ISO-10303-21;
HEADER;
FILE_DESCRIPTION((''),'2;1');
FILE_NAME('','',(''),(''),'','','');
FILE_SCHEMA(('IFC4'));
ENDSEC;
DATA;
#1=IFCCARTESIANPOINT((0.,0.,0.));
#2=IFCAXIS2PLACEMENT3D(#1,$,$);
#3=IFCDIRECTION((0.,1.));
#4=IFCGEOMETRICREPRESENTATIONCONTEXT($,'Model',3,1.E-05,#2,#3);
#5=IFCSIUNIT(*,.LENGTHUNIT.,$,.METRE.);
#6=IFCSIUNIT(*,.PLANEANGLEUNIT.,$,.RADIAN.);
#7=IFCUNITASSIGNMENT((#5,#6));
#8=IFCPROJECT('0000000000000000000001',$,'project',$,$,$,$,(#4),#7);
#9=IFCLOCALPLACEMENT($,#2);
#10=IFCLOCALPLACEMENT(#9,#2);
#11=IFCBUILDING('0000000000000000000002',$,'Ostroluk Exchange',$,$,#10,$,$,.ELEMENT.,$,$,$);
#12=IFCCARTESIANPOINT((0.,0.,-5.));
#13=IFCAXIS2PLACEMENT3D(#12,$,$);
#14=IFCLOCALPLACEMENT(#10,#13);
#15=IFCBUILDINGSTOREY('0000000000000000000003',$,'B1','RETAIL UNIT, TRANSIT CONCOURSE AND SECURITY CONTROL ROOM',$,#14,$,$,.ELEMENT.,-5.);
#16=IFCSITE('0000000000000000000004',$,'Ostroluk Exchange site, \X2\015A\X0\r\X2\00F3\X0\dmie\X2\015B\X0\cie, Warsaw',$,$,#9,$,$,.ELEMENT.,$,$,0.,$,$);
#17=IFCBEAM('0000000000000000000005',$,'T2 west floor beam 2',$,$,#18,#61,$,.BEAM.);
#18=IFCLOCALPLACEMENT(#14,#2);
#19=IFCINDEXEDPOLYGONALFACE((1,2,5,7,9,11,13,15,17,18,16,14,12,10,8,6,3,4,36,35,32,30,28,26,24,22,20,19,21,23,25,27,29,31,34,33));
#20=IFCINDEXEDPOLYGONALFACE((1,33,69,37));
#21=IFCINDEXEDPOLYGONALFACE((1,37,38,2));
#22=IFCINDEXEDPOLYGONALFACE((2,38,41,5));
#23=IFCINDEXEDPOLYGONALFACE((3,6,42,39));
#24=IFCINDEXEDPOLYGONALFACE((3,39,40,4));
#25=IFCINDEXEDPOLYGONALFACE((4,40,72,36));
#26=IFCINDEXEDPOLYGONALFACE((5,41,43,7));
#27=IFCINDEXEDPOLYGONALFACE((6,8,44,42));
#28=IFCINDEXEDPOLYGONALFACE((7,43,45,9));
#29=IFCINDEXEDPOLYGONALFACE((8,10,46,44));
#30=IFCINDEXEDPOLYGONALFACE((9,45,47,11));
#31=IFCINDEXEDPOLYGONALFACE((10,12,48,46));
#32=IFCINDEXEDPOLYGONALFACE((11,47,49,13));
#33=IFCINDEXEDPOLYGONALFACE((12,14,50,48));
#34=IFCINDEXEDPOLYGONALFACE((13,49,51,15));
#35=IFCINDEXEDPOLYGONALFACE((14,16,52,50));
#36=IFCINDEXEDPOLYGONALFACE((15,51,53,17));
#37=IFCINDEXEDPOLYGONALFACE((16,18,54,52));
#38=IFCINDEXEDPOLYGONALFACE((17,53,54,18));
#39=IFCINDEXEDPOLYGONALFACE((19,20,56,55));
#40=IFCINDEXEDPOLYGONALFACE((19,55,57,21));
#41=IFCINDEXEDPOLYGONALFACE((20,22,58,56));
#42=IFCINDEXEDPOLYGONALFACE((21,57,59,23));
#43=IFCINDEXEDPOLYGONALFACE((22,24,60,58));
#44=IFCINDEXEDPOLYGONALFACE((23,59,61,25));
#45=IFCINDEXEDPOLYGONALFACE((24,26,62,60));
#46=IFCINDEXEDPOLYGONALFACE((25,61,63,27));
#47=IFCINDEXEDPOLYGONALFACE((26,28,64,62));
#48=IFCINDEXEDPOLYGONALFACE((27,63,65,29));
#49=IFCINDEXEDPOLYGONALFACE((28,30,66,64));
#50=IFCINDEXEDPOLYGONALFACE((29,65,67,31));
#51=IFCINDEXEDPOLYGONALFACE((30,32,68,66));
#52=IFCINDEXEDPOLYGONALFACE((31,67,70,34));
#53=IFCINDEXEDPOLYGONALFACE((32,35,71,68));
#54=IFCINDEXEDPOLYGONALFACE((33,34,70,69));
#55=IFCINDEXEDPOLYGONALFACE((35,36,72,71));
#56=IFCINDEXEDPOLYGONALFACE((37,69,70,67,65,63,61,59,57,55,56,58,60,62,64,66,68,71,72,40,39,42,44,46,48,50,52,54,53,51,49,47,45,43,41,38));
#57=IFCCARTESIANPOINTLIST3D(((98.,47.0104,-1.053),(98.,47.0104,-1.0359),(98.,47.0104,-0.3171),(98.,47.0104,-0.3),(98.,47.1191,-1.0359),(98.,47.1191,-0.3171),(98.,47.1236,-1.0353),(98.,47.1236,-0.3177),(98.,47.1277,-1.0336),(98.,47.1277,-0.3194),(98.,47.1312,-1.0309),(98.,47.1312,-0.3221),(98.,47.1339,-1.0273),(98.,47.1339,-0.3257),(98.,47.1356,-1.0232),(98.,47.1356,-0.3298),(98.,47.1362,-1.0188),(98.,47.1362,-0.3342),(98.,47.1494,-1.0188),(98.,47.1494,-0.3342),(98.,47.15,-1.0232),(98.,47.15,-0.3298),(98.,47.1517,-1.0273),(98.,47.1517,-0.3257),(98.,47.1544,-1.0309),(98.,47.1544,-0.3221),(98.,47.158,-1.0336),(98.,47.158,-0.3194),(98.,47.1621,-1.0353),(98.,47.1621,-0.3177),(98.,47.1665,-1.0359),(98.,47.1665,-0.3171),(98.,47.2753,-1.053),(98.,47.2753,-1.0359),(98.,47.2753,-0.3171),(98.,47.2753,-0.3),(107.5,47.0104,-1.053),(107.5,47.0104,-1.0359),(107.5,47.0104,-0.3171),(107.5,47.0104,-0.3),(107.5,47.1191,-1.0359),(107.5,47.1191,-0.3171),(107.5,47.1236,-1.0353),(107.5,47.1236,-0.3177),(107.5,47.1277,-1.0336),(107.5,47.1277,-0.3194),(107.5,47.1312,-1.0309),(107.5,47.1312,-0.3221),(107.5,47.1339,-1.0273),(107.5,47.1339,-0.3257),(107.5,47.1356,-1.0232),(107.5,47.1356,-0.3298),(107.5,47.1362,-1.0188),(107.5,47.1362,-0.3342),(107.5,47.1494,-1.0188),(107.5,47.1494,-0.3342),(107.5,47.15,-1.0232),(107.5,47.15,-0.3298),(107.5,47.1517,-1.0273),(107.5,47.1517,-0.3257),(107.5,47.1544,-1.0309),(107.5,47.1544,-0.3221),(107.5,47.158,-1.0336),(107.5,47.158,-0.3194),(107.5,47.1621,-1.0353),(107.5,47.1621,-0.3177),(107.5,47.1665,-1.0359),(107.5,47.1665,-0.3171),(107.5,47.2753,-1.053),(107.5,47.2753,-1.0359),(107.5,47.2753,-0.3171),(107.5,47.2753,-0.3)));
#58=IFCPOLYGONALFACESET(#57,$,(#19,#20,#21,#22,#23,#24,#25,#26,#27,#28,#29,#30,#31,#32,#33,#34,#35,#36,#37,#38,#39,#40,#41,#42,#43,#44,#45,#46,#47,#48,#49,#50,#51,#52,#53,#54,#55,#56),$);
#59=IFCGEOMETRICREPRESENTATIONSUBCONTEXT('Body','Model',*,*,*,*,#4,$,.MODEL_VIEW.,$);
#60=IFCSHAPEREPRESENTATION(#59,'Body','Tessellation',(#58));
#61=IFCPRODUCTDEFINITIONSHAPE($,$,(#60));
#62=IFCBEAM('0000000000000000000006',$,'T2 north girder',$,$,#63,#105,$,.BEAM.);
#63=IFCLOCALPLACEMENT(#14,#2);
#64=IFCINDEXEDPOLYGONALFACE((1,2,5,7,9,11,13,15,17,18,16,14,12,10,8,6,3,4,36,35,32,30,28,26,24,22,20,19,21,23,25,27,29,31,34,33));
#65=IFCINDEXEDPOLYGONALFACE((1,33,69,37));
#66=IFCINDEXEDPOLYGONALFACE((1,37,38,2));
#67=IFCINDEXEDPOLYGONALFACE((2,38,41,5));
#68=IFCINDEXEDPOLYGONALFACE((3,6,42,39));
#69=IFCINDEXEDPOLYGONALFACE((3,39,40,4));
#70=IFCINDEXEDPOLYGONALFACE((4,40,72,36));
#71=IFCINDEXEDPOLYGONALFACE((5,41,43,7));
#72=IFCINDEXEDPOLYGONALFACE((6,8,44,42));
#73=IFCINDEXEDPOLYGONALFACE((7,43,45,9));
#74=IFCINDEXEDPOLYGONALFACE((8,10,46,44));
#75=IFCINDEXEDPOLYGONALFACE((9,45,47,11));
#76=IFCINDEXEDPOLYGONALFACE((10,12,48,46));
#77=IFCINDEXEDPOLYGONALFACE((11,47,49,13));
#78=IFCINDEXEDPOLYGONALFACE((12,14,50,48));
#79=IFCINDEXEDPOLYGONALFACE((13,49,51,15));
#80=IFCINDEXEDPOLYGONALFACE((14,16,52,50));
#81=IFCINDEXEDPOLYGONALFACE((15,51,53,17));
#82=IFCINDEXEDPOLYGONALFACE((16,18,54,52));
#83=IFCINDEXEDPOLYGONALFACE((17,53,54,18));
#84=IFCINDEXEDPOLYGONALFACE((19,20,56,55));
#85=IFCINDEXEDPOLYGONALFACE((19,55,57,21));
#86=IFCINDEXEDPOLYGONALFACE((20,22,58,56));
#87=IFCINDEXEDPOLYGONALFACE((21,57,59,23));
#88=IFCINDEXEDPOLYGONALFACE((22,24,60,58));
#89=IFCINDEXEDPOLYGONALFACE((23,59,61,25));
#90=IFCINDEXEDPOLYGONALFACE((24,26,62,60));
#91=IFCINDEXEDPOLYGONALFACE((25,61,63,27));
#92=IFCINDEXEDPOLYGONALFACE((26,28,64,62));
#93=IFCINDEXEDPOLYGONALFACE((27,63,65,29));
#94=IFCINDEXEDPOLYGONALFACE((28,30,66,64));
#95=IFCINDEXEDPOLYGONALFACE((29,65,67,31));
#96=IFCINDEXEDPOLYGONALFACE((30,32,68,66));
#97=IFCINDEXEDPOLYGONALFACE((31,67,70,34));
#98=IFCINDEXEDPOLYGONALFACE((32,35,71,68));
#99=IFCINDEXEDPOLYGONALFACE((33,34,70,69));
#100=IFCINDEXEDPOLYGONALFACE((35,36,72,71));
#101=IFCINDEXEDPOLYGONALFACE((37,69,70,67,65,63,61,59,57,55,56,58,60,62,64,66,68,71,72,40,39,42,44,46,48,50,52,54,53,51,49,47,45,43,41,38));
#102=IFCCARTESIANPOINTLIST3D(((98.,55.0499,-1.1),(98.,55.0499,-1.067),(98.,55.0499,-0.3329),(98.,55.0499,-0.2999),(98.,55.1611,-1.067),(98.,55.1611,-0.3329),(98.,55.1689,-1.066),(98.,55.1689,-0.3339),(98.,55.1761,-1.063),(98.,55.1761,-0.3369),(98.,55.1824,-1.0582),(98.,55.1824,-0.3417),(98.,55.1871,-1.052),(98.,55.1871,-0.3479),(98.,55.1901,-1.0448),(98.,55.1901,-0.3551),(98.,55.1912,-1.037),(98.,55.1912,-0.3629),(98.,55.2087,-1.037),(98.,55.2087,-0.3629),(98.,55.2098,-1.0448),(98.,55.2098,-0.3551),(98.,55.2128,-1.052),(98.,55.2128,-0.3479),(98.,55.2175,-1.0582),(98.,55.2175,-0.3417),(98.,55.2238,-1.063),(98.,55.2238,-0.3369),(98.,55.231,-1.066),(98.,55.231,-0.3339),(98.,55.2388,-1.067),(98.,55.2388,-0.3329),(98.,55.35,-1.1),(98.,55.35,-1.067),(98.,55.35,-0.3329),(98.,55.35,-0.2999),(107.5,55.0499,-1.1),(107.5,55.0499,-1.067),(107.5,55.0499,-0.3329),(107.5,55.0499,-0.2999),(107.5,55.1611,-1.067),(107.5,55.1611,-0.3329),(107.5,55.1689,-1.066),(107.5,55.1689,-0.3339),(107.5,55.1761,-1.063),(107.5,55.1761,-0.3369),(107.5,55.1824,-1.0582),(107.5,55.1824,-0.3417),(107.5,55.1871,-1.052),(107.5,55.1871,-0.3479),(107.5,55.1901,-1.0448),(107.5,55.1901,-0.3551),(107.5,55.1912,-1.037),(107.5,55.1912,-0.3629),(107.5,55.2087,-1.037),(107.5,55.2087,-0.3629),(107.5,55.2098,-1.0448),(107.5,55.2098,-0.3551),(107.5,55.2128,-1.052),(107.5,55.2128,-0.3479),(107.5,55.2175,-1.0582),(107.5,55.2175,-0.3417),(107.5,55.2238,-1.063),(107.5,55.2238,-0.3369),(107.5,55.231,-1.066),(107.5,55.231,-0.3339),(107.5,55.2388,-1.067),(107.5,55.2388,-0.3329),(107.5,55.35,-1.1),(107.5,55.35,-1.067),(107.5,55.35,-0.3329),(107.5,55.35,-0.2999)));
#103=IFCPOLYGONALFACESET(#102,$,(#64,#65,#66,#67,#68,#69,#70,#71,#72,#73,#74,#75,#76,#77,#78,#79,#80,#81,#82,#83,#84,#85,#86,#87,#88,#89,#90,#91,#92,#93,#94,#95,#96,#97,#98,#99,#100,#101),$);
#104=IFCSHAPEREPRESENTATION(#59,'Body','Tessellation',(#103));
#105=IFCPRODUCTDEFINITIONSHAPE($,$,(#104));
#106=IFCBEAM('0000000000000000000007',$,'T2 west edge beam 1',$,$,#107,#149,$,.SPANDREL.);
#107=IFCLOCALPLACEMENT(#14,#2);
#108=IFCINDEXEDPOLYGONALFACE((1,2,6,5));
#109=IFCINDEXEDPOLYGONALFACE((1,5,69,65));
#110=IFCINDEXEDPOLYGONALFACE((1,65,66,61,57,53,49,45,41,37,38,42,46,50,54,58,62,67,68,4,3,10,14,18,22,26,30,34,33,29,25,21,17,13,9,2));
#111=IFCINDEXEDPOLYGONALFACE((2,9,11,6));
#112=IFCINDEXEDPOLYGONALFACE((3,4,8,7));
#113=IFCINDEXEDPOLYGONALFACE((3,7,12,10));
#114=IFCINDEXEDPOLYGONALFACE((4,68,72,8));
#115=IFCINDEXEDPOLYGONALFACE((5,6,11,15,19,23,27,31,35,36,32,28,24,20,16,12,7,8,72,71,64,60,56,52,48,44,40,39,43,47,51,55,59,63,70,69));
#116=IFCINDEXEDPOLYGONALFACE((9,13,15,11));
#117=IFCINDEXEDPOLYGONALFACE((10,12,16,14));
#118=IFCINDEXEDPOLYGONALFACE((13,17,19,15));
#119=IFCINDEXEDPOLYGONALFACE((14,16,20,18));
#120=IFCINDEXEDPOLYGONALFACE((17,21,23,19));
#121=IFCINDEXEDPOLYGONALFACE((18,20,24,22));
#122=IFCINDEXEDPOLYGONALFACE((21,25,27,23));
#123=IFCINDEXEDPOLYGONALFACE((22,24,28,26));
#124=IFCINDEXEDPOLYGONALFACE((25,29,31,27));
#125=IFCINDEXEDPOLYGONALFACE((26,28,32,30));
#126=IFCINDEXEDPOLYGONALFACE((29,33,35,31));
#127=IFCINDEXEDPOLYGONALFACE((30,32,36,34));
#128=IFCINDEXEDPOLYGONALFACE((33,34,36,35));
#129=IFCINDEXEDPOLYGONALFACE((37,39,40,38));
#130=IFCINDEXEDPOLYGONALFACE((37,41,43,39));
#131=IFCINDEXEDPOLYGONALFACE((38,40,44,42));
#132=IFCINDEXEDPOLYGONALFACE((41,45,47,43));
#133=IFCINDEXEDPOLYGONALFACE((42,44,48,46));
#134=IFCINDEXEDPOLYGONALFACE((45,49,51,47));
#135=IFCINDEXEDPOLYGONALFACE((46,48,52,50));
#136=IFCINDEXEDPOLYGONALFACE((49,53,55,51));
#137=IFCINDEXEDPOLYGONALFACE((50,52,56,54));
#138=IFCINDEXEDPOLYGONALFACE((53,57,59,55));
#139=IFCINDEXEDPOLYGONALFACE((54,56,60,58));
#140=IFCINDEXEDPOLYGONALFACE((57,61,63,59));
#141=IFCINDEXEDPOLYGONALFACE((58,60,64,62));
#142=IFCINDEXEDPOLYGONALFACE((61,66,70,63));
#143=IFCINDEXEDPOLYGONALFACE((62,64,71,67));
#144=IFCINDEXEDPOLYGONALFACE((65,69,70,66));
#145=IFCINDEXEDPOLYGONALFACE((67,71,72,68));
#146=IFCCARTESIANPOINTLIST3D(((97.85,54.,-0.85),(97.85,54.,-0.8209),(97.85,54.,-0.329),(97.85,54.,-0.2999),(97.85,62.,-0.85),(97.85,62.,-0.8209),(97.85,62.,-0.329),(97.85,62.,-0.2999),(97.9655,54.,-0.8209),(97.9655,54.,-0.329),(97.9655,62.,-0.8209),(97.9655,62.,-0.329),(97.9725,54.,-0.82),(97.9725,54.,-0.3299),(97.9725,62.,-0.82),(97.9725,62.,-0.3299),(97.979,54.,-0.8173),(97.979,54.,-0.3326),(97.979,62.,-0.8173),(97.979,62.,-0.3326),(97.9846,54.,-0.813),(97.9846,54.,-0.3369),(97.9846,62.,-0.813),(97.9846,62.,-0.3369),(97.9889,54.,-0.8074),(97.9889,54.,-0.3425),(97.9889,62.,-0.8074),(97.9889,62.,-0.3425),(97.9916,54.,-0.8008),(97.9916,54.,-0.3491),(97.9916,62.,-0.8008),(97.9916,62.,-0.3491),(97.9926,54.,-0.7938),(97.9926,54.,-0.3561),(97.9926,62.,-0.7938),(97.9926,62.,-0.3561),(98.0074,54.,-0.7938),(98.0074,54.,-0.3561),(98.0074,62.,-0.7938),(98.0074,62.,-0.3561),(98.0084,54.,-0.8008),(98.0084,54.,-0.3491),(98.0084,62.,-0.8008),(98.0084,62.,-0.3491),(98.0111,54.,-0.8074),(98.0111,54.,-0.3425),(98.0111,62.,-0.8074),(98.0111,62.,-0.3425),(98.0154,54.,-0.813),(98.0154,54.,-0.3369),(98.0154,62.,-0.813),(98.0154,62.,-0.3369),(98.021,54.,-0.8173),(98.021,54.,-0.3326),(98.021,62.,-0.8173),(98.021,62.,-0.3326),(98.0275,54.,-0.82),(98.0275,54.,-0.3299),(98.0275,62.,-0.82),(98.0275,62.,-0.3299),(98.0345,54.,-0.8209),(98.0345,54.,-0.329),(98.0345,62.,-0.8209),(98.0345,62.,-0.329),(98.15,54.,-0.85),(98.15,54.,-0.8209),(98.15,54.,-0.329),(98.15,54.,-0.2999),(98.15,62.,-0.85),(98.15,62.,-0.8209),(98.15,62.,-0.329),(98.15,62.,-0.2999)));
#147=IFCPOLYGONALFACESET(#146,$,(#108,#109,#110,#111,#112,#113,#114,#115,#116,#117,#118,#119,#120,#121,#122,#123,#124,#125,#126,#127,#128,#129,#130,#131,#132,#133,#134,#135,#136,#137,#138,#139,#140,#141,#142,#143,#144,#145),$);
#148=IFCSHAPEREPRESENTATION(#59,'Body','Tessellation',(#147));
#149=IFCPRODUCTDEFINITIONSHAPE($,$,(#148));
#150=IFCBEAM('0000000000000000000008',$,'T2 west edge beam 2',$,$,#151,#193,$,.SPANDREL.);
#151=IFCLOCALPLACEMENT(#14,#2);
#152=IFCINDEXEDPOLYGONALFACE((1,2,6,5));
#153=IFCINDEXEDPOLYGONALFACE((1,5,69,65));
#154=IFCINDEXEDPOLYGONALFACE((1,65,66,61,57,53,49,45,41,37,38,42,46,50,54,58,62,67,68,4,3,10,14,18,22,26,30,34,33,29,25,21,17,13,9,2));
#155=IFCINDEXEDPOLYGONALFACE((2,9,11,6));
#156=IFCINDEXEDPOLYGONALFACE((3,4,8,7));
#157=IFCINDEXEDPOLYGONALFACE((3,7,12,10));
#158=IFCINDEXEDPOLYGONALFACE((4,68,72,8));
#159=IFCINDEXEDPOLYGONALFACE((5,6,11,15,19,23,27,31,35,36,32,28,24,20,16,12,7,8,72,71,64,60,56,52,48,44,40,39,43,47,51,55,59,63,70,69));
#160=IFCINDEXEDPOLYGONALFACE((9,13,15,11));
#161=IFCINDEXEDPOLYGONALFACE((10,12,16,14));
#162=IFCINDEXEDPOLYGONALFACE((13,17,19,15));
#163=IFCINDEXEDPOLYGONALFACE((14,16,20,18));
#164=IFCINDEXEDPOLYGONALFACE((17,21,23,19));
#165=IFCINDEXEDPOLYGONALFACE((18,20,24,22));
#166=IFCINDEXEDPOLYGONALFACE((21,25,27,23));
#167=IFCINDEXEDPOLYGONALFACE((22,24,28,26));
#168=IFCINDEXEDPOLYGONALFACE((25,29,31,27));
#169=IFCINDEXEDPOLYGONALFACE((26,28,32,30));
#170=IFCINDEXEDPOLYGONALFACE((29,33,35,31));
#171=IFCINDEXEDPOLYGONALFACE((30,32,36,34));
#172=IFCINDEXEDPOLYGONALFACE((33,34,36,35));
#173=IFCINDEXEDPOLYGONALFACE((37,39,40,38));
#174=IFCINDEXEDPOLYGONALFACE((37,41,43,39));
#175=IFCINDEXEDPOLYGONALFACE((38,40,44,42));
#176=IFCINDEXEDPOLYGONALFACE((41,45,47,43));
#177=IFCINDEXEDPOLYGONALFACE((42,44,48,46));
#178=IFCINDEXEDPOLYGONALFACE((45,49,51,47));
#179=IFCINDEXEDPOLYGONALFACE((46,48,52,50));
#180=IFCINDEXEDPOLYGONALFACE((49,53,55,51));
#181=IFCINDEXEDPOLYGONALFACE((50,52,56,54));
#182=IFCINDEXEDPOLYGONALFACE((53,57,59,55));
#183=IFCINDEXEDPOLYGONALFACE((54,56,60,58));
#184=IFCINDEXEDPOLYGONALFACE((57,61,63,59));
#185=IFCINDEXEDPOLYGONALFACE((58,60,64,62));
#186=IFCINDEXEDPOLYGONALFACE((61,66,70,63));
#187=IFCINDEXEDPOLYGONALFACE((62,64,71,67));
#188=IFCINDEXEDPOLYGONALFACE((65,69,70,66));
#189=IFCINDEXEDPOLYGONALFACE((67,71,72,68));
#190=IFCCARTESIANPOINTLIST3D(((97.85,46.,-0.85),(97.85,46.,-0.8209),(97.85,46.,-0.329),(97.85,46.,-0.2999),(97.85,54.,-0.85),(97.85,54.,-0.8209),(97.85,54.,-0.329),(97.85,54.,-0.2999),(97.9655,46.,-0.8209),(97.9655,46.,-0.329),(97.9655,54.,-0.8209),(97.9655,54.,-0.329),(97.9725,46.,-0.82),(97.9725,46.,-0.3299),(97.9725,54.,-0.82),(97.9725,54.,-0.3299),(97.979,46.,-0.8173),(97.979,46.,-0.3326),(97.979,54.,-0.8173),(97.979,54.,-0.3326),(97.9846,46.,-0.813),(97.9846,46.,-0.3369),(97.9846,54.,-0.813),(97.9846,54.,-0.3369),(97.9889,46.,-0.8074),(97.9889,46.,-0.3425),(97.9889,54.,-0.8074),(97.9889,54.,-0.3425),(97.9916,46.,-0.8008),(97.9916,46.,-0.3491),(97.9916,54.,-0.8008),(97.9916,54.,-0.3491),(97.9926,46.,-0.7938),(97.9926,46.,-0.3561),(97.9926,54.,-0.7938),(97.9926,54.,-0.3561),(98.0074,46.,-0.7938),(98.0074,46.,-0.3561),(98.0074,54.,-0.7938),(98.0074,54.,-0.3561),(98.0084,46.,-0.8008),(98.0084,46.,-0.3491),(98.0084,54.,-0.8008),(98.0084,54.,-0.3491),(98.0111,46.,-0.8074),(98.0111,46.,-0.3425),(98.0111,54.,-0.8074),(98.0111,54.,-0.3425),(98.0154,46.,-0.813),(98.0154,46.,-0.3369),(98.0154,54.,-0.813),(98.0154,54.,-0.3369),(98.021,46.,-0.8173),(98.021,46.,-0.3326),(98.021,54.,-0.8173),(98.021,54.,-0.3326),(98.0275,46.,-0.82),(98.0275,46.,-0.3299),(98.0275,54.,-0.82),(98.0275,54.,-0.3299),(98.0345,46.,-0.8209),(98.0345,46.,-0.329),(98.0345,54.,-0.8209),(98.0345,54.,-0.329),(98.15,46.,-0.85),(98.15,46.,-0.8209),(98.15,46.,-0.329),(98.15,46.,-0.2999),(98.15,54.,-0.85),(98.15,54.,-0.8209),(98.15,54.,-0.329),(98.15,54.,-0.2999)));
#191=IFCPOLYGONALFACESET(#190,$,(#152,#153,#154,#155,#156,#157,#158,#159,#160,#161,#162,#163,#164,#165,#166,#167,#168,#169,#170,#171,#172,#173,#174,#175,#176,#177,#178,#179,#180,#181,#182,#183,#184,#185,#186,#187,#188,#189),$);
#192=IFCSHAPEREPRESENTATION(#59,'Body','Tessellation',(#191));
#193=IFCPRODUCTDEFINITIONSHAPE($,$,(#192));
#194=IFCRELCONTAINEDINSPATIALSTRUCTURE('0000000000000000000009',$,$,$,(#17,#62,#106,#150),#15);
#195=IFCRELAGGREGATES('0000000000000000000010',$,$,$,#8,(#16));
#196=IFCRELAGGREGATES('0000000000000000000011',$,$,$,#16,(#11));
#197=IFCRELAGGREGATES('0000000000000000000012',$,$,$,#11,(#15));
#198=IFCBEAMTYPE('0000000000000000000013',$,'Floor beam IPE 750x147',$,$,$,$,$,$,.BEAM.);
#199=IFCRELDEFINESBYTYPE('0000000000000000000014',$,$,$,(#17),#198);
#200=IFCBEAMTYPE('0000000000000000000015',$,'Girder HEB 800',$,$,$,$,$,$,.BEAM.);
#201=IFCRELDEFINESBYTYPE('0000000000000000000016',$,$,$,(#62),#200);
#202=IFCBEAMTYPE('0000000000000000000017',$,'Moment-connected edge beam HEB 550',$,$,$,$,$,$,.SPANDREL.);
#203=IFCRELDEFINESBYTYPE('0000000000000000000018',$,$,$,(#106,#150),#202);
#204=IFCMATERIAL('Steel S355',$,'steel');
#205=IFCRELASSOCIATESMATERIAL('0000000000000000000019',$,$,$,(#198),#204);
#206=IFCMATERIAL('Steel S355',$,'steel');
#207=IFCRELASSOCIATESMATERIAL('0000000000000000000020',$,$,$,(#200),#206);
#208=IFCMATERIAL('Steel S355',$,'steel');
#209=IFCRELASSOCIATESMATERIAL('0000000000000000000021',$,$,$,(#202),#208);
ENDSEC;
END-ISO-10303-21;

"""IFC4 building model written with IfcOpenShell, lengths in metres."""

from ifc_helpers import new_model, si_unit, direction, frame, origin, origin_2d, place, context, subcontext, project, spatial, i_section, extrude, material, material_profile, profile_set, type_object, element, save


model = new_model("IFC4")

# Units and contexts
model_context = context("Model", 3, precision=1e-05, world=origin(), true_north=direction((0.0, 1.0)))
body_context = subcontext(model_context, "Body", "Model", "MODEL_VIEW")
ifc_project = project(units=[si_unit("LENGTHUNIT", "METRE"), si_unit("PLANEANGLEUNIT", "RADIAN")], contexts=[model_context])

# Site, building, storey
site_placement = place(None, origin())
site = spatial("IfcSite", under=ifc_project, at=site_placement, Name="Ostroluk Exchange site, Śródmieście, Warsaw", CompositionType="ELEMENT", RefElevation=0.0)
building_placement = place(site_placement, origin())
building = spatial("IfcBuilding", under=site, at=building_placement, Name="Ostroluk Exchange", CompositionType="ELEMENT")
storey_placement = place(building_placement, frame((0.0, 0.0, -5.0)))
storey = spatial("IfcBuildingStorey", under=building, at=storey_placement, Name="B1", Description="RETAIL UNIT, TRANSIT CONCOURSE AND SECURITY CONTROL ROOM", CompositionType="ELEMENT", Elevation=-5.0)

# Beams
ifc_material_1 = material(Name="Steel S355", Category="steel")
ifc_material_profile_1 = material_profile(ifc_material_1, i_section(OverallWidth=0.2649, OverallDepth=0.7529, WebThickness=0.0132, FlangeThickness=0.0171, FilletRadius=0.0171, at=origin_2d()), Name="IPE 750x147")
ifc_profile_set_1 = profile_set([ifc_material_profile_1], Name="Steel S355")
beam_type_1 = type_object("IfcBeamType", Name="Floor beam IPE 750x147", PredefinedType="BEAM", material=ifc_profile_set_1)
for number, where, z_axis, x_axis, name in (
    (1, (107.5, 47.1428, -0.6765), (-1.0, 0.0, 0.0), (0.0, -1.0, 0.0), "T2 west floor beam 2"),
):
    element("IfcBeam", number, at=place(storey_placement, frame(where, z_axis=z_axis, x_axis=x_axis)), inside=storey, type_object=beam_type_1, Name=name, PredefinedType="BEAM", context=body_context, shape_type="SweptSolid", body=[
        extrude(i_section(OverallWidth=0.2649, OverallDepth=0.7529, WebThickness=0.0132, FlangeThickness=0.0171, FilletRadius=0.0171, at=origin_2d()), origin(), (0.0, 0.0, 1.0), 9.5),
    ])
ifc_material_2 = material(Name="Steel S355", Category="steel")
ifc_material_profile_2 = material_profile(ifc_material_2, i_section(OverallWidth=0.3, OverallDepth=0.8, WebThickness=0.0176, FlangeThickness=0.033, FilletRadius=0.03, at=origin_2d()), Name="HEB 800")
ifc_profile_set_2 = profile_set([ifc_material_profile_2], Name="Steel S355")
beam_type_2 = type_object("IfcBeamType", Name="Girder HEB 800", PredefinedType="BEAM", material=ifc_profile_set_2)
beam_1_placement = place(storey_placement, frame((107.5, 55.2, -0.7), z_axis=(-1.0, 0.0, 0.0), x_axis=(0.0, -1.0, 0.0)))
element("IfcBeam", 2, at=beam_1_placement, inside=storey, type_object=beam_type_2, Name="T2 north girder", PredefinedType="BEAM", context=body_context, shape_type="SweptSolid", body=[
    extrude(i_section(OverallWidth=0.3, OverallDepth=0.8, WebThickness=0.0176, FlangeThickness=0.033, FilletRadius=0.03, at=origin_2d()), origin(), (0.0, 0.0, 1.0), 9.5),
])
ifc_material_3 = material(Name="Steel S355", Category="steel")
ifc_material_profile_3 = material_profile(ifc_material_3, i_section(OverallWidth=0.3, OverallDepth=0.55, WebThickness=0.0149, FlangeThickness=0.0291, FilletRadius=0.0271, at=origin_2d()), Name="HEB 550")
ifc_profile_set_3 = profile_set([ifc_material_profile_3], Name="Steel S355")
beam_type_3 = type_object("IfcBeamType", Name="Moment-connected edge beam HEB 550", PredefinedType="SPANDREL", material=ifc_profile_set_3)
for number, where, z_axis, x_axis, name in (
    (3, (98.0, 62.0, -0.575), (0.0, -1.0, 0.0), (1.0, 0.0, 0.0), "T2 west edge beam 1"),
    (4, (98.0, 54.0, -0.575), (0.0, -1.0, 0.0), (1.0, 0.0, 0.0), "T2 west edge beam 2"),
):
    element("IfcBeam", number, at=place(storey_placement, frame(where, z_axis=z_axis, x_axis=x_axis)), inside=storey, type_object=beam_type_3, Name=name, PredefinedType="SPANDREL", context=body_context, shape_type="SweptSolid", body=[
        extrude(i_section(OverallWidth=0.3, OverallDepth=0.55, WebThickness=0.0149, FlangeThickness=0.0291, FilletRadius=0.0271, at=origin_2d()), origin(), (0.0, 0.0, 1.0), 8.0),
    ])

save(model, "model.ifc")
